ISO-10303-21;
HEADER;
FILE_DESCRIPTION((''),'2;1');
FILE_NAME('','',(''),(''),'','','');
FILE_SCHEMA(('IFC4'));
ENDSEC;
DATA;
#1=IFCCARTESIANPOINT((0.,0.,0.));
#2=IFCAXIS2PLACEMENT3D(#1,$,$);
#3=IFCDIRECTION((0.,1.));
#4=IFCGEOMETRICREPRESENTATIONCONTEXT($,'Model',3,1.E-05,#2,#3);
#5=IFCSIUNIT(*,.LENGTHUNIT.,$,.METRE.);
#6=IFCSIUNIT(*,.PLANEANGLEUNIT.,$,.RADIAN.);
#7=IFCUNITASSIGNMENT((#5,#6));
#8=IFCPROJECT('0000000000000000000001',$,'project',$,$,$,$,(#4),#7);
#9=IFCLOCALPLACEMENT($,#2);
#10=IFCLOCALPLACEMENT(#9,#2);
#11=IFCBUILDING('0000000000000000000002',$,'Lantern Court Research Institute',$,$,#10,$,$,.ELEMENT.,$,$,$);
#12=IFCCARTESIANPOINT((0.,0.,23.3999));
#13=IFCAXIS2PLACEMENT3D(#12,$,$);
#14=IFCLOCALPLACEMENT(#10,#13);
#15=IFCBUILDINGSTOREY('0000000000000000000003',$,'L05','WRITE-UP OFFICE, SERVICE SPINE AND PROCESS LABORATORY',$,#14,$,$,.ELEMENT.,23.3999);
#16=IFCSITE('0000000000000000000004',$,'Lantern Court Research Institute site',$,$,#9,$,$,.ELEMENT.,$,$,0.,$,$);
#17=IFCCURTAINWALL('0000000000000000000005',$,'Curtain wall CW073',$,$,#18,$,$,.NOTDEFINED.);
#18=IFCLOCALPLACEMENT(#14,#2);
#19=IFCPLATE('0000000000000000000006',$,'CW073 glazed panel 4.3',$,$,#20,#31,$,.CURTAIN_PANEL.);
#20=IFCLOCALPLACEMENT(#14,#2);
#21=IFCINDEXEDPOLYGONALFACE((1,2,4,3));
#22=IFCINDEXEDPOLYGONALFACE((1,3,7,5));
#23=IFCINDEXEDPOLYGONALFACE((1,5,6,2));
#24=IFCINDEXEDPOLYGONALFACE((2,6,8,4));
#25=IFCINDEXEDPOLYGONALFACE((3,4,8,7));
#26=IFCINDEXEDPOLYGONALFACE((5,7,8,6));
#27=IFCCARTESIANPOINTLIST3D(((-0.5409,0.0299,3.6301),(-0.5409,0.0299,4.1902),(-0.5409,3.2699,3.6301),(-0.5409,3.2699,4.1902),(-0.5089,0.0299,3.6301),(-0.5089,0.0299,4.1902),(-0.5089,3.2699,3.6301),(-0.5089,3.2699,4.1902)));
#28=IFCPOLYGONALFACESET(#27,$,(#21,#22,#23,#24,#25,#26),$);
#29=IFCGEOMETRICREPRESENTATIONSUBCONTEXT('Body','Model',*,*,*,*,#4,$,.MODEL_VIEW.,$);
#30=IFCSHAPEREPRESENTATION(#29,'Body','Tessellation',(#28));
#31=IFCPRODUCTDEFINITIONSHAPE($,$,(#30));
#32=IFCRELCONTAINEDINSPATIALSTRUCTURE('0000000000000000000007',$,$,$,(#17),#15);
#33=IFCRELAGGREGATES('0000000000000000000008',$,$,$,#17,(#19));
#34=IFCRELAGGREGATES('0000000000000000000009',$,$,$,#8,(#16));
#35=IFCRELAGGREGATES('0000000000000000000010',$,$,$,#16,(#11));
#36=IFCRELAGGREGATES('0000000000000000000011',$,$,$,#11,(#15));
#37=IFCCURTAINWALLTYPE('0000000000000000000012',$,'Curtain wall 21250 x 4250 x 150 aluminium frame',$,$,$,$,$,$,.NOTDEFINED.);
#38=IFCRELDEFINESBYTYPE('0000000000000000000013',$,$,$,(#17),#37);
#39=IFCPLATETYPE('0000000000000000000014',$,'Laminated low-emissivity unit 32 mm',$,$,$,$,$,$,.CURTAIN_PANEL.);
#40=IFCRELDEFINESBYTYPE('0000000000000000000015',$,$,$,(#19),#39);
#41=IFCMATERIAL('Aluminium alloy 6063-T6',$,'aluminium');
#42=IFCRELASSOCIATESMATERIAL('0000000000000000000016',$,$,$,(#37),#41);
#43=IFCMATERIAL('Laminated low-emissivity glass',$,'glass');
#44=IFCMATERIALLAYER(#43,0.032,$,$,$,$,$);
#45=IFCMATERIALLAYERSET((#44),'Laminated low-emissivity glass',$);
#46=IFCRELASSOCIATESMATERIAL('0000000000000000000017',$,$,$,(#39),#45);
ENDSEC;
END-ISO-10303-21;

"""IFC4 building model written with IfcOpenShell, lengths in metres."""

from ifc_helpers import new_model, si_unit, direction, frame, origin, origin_2d, place, context, subcontext, project, spatial, rectangle, extrude, material, layer, layer_set, type_object, element, aggregate, save


model = new_model("IFC4")

# Units and contexts
model_context = context("Model", 3, precision=1e-05, world=origin(), true_north=direction((0.0, 1.0)))
body_context = subcontext(model_context, "Body", "Model", "MODEL_VIEW")
ifc_project = project(units=[si_unit("LENGTHUNIT", "METRE"), si_unit("PLANEANGLEUNIT", "RADIAN")], contexts=[model_context])

# Site, building, storey
site_placement = place(None, origin())
site = spatial("IfcSite", under=ifc_project, at=site_placement, Name="Lantern Court Research Institute site", CompositionType="ELEMENT", RefElevation=0.0)
building_placement = place(site_placement, origin())
building = spatial("IfcBuilding", under=site, at=building_placement, Name="Lantern Court Research Institute", CompositionType="ELEMENT")
storey_placement = place(building_placement, frame((0.0, 0.0, 23.3999)))
storey = spatial("IfcBuildingStorey", under=building, at=storey_placement, Name="L05", Description="WRITE-UP OFFICE, SERVICE SPINE AND PROCESS LABORATORY", CompositionType="ELEMENT", Elevation=23.3999)

# Curtain wall, plate
ifc_material_1 = material(Name="Aluminium alloy 6063-T6", Category="aluminium")
curtain_wall_type = type_object("IfcCurtainWallType", Name="Curtain wall 21250 x 4250 x 150 aluminium frame", PredefinedType="NOTDEFINED", material=ifc_material_1)
curtain_wall_placement = place(storey_placement, origin())
curtain_wall = element("IfcCurtainWall", 1, at=curtain_wall_placement, inside=storey, type_object=curtain_wall_type, Name="Curtain wall CW073", PredefinedType="NOTDEFINED")
ifc_material_2 = material(Name="Laminated low-emissivity glass", Category="glass")
ifc_layer_1 = layer(ifc_material_2, 0.032)
ifc_layer_set_1 = layer_set([ifc_layer_1], Name="Laminated low-emissivity glass")
plate_type_1 = type_object("IfcPlateType", Name="Laminated low-emissivity unit 32 mm", PredefinedType="CURTAIN_PANEL", material=ifc_layer_set_1)
plate_1_placement = place(storey_placement, frame((-0.5249, 1.6499, 3.6301), z_axis=(0.0, 0.0, 1.0), x_axis=(0.0, 1.0, 0.0)))
plate_1 = element("IfcPlate", 2, at=plate_1_placement, type_object=plate_type_1, Name="CW073 glazed panel 4.3", PredefinedType="CURTAIN_PANEL", context=body_context, shape_type="SweptSolid", body=[
    extrude(rectangle(XDim=3.24, YDim=0.032, at=origin_2d()), origin(), (0.0, 0.0, 1.0), 0.5601),
])
aggregate(curtain_wall, [plate_1])

save(model, "model.ifc")
